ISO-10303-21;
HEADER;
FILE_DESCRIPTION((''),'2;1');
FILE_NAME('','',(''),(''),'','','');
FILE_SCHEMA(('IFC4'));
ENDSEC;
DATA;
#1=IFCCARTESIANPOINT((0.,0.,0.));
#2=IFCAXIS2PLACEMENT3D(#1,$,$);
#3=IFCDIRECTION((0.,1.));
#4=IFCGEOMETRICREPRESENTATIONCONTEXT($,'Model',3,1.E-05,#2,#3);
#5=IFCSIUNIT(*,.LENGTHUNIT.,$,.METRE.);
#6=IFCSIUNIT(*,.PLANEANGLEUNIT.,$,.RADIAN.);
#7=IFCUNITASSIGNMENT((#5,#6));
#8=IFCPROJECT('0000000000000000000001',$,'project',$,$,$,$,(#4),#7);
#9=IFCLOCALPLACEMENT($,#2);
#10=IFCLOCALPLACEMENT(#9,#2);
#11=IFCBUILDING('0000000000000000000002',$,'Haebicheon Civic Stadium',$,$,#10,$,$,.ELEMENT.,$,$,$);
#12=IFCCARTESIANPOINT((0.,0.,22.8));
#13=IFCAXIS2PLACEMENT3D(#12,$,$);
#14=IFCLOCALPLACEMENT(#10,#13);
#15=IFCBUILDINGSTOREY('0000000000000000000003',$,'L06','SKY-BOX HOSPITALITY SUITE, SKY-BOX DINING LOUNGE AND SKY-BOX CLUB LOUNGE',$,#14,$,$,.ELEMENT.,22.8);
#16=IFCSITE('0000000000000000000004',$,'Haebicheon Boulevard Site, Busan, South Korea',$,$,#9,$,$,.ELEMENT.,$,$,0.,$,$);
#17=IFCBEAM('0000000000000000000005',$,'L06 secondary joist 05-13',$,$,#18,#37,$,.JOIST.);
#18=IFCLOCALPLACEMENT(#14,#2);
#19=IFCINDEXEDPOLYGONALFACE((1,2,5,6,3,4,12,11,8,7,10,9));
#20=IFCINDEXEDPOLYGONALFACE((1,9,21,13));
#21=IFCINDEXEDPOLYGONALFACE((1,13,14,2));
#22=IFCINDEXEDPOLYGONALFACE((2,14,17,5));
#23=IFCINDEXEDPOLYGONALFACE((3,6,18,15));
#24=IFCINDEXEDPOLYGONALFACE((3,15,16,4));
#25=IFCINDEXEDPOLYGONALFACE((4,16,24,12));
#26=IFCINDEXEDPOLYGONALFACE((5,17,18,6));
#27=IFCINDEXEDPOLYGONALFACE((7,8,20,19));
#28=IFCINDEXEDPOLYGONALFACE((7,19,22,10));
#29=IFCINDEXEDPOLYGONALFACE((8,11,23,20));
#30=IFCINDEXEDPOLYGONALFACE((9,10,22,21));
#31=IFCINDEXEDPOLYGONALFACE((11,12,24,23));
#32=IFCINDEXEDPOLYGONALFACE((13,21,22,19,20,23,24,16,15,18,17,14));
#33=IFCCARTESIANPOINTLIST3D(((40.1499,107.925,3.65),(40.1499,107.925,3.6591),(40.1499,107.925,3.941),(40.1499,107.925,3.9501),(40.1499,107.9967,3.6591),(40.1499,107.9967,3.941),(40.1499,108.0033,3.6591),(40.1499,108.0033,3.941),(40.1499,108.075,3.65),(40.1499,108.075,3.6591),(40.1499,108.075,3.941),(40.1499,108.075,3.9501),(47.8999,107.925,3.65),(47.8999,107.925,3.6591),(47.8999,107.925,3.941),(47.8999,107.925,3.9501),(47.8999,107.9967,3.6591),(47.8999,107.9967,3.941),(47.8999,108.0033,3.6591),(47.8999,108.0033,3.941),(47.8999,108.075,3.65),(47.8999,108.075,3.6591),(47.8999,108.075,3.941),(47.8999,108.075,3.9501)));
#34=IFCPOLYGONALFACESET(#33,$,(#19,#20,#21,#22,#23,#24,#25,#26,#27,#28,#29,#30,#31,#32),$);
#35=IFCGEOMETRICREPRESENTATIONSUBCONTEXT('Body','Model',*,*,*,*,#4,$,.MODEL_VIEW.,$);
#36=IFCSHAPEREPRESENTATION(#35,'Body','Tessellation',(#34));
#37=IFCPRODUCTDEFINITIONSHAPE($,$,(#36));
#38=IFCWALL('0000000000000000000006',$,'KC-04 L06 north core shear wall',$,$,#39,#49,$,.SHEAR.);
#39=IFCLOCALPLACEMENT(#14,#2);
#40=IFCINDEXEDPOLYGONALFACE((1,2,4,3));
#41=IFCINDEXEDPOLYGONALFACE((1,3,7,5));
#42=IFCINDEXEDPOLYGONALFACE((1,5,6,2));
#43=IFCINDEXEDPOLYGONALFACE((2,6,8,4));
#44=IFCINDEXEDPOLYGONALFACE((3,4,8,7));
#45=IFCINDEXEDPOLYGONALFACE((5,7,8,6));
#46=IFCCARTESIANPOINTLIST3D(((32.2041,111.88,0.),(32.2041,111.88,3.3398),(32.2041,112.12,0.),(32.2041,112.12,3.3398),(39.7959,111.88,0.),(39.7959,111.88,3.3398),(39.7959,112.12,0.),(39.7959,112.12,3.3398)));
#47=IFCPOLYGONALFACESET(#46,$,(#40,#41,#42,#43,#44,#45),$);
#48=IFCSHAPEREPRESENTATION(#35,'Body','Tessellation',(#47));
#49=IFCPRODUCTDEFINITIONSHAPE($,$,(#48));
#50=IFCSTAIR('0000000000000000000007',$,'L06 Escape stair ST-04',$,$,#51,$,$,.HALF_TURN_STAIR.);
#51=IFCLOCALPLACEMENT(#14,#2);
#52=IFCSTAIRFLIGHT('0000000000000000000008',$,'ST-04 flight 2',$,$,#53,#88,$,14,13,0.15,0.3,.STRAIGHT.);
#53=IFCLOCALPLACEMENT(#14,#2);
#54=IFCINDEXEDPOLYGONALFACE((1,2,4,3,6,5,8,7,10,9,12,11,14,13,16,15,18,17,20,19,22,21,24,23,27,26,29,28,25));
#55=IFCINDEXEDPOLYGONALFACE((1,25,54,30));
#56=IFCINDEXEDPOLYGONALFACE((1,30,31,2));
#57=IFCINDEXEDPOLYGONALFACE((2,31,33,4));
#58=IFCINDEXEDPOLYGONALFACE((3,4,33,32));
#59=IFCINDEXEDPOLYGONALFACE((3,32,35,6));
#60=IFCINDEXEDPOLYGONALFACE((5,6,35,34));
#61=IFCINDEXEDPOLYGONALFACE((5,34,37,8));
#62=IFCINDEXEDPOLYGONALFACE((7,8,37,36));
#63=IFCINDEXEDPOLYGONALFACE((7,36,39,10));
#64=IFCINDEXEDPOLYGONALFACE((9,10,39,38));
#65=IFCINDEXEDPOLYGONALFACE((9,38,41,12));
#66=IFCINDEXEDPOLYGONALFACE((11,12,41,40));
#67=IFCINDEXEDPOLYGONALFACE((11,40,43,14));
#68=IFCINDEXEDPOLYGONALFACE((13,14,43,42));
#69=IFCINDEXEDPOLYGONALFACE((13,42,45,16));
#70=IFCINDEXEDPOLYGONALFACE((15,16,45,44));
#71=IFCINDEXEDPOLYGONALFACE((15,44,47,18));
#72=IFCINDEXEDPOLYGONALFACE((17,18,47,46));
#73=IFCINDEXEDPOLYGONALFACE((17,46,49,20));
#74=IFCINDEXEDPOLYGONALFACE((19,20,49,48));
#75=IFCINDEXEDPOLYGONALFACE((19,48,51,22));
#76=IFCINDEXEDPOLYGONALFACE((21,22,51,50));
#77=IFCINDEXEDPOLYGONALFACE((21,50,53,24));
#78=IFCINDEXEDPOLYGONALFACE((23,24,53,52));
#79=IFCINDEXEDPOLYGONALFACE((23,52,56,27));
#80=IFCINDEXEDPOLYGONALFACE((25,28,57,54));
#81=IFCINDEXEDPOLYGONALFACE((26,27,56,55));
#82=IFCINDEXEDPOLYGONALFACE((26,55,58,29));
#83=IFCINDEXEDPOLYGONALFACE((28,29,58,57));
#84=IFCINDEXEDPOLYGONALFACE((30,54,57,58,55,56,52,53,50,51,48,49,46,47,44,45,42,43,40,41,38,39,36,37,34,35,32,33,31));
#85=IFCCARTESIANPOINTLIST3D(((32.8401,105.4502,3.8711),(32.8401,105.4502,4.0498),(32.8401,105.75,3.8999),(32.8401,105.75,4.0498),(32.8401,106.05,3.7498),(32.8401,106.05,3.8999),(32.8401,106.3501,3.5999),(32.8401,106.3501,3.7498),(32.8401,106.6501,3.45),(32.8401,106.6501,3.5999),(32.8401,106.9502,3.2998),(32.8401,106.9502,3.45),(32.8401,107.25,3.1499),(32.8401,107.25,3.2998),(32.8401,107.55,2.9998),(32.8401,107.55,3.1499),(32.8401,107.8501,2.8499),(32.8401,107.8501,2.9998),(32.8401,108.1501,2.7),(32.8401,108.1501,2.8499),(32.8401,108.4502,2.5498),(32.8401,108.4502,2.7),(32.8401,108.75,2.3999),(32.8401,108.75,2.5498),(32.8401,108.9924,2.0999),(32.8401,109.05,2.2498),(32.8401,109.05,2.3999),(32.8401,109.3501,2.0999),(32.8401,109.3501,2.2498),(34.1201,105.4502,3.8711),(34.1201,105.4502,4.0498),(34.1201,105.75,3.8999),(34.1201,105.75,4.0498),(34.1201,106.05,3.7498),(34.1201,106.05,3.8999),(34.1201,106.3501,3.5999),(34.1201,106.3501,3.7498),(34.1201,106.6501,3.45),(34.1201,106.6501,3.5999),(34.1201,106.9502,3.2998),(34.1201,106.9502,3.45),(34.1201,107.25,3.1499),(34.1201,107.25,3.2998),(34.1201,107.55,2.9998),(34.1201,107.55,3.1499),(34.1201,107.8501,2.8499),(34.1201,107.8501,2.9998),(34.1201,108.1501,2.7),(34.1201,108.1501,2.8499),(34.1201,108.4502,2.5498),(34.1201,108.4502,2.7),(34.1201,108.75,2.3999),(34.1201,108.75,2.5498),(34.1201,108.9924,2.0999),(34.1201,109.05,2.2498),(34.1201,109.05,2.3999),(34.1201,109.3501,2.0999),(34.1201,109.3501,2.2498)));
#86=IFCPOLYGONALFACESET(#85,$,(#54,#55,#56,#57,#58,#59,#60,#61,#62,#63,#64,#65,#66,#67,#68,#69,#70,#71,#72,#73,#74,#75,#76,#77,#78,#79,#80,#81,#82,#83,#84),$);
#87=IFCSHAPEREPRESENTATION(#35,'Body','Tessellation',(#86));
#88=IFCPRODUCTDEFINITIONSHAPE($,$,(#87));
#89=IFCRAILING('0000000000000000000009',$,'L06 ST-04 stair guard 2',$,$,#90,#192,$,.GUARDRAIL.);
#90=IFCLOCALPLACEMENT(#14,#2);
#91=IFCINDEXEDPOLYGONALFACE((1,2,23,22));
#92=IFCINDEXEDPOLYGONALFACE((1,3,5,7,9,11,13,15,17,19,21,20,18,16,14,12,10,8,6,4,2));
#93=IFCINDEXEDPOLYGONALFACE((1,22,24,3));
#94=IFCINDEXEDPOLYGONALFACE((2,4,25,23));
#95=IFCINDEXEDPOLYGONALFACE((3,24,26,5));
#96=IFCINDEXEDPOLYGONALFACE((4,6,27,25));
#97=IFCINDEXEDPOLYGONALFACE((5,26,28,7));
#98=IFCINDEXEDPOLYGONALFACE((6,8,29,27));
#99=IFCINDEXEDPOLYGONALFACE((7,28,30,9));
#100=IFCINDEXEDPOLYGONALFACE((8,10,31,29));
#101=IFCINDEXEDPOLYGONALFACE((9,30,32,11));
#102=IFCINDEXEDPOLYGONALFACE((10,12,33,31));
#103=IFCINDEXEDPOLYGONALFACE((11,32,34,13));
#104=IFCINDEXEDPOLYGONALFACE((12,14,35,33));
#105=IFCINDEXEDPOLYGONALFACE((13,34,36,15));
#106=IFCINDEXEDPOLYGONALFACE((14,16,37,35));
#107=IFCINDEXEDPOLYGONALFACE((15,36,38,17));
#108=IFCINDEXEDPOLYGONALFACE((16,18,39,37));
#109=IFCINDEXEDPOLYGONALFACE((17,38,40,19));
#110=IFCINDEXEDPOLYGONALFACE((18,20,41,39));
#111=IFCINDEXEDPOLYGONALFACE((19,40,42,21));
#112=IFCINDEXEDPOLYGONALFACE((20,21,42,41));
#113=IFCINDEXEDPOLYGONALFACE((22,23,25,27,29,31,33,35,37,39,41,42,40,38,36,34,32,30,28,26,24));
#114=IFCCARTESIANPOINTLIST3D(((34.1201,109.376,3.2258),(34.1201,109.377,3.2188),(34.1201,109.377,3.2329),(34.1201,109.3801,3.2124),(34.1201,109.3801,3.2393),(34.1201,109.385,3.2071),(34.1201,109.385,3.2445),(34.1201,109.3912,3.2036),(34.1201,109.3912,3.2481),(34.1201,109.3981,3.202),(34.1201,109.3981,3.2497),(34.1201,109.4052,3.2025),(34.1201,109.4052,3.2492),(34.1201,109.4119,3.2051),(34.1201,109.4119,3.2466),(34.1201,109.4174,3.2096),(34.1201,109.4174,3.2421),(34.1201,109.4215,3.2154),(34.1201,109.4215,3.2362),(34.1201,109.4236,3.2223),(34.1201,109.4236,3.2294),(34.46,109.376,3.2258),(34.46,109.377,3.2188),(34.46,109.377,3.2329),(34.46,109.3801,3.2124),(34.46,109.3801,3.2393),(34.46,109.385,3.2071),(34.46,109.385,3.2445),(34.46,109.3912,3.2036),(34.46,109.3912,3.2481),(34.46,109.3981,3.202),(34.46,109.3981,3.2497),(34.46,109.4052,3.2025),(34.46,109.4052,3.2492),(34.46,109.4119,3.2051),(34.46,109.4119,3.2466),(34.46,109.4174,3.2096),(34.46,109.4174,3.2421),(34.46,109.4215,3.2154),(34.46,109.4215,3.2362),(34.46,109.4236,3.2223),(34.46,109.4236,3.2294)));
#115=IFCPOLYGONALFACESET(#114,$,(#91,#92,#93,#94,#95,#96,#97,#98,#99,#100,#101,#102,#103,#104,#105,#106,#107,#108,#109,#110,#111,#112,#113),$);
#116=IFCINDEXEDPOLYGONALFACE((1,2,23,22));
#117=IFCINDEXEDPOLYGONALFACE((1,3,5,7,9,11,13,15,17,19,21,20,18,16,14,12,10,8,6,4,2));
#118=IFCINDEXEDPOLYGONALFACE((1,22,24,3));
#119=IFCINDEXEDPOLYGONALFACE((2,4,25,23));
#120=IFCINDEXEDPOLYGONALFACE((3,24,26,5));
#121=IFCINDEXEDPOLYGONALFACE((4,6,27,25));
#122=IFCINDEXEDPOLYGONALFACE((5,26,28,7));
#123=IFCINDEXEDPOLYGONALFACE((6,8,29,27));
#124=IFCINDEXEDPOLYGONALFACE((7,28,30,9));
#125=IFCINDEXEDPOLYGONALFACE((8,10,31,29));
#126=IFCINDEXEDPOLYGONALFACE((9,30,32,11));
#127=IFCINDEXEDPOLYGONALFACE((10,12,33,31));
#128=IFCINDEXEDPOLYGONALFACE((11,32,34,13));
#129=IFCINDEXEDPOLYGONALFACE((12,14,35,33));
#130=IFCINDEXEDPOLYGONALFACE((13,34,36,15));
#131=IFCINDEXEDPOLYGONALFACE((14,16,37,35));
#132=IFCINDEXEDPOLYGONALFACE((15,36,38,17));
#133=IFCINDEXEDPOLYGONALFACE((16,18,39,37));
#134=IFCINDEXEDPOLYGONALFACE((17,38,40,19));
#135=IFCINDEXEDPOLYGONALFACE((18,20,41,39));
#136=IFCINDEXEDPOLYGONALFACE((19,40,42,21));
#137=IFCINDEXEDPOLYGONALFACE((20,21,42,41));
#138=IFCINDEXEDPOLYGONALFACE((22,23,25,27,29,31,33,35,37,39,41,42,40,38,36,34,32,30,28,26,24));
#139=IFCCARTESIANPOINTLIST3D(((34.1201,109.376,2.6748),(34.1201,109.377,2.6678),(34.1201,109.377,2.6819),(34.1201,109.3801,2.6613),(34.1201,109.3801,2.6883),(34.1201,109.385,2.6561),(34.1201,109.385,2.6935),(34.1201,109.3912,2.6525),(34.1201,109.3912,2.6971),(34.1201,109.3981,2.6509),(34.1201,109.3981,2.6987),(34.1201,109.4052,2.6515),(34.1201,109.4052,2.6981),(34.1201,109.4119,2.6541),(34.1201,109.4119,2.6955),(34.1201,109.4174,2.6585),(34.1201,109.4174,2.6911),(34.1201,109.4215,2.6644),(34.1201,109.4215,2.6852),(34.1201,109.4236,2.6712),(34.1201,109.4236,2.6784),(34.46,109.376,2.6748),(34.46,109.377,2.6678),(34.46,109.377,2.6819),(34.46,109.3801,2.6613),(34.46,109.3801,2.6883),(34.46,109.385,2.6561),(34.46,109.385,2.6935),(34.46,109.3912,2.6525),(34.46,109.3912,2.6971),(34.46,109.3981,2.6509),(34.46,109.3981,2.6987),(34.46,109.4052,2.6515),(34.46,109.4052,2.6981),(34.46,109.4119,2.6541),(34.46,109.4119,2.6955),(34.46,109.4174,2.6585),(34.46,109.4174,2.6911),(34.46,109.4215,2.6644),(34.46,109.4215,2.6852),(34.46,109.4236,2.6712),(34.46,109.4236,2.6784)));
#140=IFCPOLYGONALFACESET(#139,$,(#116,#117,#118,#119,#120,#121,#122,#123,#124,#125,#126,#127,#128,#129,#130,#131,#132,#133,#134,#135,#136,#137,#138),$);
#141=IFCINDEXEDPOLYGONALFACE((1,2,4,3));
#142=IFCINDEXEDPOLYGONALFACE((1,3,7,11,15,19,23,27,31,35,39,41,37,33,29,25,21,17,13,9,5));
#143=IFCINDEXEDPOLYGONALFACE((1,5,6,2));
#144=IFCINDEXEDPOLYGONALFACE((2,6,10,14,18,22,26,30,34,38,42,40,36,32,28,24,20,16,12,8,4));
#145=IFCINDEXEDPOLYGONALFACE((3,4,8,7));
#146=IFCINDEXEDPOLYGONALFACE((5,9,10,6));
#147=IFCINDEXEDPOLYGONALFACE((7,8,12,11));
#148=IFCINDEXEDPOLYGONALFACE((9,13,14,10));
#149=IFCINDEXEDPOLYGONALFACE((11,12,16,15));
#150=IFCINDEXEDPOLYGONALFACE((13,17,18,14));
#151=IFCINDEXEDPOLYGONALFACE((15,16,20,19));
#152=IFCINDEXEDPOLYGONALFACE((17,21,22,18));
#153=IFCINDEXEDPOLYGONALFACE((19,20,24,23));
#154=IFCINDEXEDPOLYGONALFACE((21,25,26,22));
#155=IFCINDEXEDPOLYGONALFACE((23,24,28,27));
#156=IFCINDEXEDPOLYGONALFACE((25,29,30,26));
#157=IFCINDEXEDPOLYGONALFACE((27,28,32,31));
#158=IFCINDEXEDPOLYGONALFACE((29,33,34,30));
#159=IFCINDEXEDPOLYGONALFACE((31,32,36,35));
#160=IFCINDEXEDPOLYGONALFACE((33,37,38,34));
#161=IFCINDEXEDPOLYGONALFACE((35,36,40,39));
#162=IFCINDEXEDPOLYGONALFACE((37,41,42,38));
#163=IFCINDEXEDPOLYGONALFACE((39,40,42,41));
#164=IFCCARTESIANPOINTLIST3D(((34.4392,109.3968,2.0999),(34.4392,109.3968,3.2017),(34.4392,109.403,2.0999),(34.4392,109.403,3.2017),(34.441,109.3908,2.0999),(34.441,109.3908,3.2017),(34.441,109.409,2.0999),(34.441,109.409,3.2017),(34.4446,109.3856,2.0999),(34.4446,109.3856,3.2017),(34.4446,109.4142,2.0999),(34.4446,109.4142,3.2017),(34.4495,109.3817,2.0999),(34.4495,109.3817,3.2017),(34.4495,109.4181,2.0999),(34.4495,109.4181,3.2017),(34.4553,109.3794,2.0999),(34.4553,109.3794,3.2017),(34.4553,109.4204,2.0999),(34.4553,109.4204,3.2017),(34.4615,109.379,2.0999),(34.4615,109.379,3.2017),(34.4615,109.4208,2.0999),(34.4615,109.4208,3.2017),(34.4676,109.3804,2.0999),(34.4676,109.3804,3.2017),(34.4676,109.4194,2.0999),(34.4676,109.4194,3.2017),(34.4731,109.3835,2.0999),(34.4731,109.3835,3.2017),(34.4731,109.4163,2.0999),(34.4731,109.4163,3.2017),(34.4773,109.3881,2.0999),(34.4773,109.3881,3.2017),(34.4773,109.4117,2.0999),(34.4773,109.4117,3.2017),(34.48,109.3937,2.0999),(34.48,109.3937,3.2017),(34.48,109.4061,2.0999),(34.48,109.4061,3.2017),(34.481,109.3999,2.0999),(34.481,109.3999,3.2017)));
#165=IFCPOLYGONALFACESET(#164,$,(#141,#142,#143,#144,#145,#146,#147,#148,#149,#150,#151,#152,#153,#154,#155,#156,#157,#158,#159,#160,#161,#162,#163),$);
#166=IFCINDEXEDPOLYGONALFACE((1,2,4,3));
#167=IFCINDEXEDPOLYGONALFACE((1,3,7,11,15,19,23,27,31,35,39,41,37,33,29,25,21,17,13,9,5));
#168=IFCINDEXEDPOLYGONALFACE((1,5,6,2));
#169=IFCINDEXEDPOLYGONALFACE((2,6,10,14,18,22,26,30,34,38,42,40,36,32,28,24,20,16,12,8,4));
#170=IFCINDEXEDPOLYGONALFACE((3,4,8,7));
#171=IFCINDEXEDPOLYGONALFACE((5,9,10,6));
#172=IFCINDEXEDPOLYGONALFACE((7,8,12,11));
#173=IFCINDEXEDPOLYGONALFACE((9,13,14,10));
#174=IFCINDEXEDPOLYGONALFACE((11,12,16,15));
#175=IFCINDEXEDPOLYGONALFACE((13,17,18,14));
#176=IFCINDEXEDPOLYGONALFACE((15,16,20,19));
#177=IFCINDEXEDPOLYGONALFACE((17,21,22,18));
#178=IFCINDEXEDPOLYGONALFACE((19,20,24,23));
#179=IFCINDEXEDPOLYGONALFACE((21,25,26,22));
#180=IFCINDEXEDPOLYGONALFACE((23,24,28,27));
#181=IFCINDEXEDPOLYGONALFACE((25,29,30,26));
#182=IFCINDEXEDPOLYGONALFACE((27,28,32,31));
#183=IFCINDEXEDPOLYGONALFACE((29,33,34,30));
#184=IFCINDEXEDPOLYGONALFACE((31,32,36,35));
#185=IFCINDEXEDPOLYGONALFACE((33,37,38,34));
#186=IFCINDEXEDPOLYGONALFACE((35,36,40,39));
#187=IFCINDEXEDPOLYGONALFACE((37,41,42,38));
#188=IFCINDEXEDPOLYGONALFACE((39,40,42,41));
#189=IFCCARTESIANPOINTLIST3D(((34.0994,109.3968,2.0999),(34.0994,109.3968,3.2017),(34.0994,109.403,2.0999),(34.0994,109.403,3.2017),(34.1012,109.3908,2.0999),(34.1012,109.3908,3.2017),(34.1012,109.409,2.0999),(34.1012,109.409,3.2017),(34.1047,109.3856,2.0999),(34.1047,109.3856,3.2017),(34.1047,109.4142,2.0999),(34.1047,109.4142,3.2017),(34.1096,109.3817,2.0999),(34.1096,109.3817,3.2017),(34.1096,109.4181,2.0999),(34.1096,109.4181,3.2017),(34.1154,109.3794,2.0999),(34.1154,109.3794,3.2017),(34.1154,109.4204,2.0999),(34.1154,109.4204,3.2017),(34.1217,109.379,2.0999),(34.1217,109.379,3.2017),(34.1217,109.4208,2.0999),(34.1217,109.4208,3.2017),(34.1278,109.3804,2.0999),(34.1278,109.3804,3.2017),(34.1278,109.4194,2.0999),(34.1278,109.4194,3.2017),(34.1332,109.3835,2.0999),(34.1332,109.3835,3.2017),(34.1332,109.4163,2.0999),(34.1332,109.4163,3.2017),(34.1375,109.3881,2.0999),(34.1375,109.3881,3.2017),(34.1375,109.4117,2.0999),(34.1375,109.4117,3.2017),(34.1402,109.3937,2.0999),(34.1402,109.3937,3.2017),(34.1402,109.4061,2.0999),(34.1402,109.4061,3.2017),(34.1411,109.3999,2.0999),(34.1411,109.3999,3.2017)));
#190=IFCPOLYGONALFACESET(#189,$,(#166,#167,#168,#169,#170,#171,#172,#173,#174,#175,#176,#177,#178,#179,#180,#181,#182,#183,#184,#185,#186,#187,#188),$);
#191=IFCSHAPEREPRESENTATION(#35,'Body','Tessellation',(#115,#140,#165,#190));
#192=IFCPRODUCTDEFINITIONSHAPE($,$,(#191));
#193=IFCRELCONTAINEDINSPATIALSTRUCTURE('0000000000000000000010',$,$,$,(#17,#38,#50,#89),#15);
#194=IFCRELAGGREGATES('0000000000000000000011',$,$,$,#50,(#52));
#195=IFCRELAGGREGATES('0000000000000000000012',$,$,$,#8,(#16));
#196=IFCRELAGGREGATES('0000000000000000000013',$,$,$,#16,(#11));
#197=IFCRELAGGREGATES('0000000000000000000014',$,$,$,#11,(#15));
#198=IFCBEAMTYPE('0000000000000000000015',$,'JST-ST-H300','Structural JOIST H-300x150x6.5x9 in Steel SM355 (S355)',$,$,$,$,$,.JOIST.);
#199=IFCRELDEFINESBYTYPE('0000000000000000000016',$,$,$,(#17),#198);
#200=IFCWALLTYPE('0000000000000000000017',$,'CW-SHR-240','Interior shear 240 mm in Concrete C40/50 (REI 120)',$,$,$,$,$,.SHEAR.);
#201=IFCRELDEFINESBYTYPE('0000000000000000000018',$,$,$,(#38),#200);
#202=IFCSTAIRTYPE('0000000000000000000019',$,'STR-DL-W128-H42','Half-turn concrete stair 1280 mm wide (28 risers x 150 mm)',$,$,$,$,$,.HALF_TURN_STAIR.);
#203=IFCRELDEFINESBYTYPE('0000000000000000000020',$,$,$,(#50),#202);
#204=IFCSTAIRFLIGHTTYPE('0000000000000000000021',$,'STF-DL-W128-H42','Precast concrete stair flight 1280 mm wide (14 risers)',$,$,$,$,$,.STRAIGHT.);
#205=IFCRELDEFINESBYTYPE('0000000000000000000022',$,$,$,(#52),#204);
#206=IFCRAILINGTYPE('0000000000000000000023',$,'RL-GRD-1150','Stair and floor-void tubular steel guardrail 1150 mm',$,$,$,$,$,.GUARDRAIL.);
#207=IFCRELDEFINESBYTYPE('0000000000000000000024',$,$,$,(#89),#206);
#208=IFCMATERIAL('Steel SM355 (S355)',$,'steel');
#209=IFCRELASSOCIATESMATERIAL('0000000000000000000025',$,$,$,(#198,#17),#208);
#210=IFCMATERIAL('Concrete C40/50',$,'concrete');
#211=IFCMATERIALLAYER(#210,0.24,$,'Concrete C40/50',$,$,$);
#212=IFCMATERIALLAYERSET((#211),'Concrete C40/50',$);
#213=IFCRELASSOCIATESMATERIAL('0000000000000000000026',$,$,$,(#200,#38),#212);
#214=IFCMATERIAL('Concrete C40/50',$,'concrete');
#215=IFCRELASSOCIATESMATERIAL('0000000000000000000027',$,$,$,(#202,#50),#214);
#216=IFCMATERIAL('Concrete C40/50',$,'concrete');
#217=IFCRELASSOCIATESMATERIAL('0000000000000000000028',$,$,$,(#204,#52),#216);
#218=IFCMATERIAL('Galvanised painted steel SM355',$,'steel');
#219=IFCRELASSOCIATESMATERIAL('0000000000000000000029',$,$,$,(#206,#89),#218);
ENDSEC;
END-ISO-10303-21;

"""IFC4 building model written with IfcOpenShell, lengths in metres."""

from ifc_helpers import new_model, si_unit, direction, frame, frame_2d, origin, origin_2d, place, context, subcontext, project, spatial, polyline, rectangle, circle, i_section, outline, extrude, material, layer, layer_set, material_profile, profile_set, type_object, element, aggregate, save


model = new_model("IFC4")

# Units and contexts
model_context = context("Model", 3, precision=1e-05, world=origin(), true_north=direction((0.0, 1.0)))
body_context = subcontext(model_context, "Body", "Model", "MODEL_VIEW")
ifc_project = project(units=[si_unit("LENGTHUNIT", "METRE"), si_unit("PLANEANGLEUNIT", "RADIAN")], contexts=[model_context])

# Site, building, storey
site_placement = place(None, origin())
site = spatial("IfcSite", under=ifc_project, at=site_placement, Name="Haebicheon Boulevard Site, Busan, South Korea", CompositionType="ELEMENT", RefElevation=0.0)
building_placement = place(site_placement, origin())
building = spatial("IfcBuilding", under=site, at=building_placement, Name="Haebicheon Civic Stadium", CompositionType="ELEMENT")
storey_placement = place(building_placement, frame((0.0, 0.0, 22.8)))
storey = spatial("IfcBuildingStorey", under=building, at=storey_placement, Name="L06", Description="SKY-BOX HOSPITALITY SUITE, SKY-BOX DINING LOUNGE AND SKY-BOX CLUB LOUNGE", CompositionType="ELEMENT", Elevation=22.8)

# Beam
ifc_material_1 = material(Name="Steel SM355 (S355)", Category="steel")
ifc_material_profile_1 = material_profile(ifc_material_1, i_section(OverallWidth=0.1499, OverallDepth=0.3, WebThickness=0.0066, FlangeThickness=0.009, at=origin_2d()), Name="H-300x150x6.5x9")
ifc_profile_set_1 = profile_set([ifc_material_profile_1], Name="Steel SM355 (S355)")
beam_type_1 = type_object("IfcBeamType", Name="JST-ST-H300", Description="Structural JOIST H-300x150x6.5x9 in Steel SM355 (S355)", PredefinedType="JOIST", material=ifc_profile_set_1)
beam_1_placement = place(storey_placement, frame((40.1499, 108.0, 3.8), z_axis=(1.0, 0.0, 0.0), x_axis=(0.0, 1.0, 0.0)))
element("IfcBeam", 1, at=beam_1_placement, inside=storey, type_object=beam_type_1, material=ifc_profile_set_1, Name="L06 secondary joist 05-13", PredefinedType="JOIST", context=body_context, shape_type="SweptSolid", body=[
    extrude(i_section(OverallWidth=0.1499, OverallDepth=0.3, WebThickness=0.0066, FlangeThickness=0.009, at=origin_2d()), origin(), (0.0, 0.0, 1.0), 7.75),
])

# Wall
ifc_material_2 = material(Name="Concrete C40/50", Category="concrete")
ifc_layer_1 = layer(ifc_material_2, 0.24, Name="Concrete C40/50")
ifc_layer_set_1 = layer_set([ifc_layer_1], Name="Concrete C40/50")
wall_type_1 = type_object("IfcWallType", Name="CW-SHR-240", Description="Interior shear 240 mm in Concrete C40/50 (REI 120)", PredefinedType="SHEAR", material=ifc_layer_set_1)
wall_1_placement = place(storey_placement, frame((32.2041, 112.0, 0.0), z_axis=(0.0, 0.0, 1.0), x_axis=(1.0, 0.0, 0.0)))
element("IfcWall", 2, at=wall_1_placement, inside=storey, type_object=wall_type_1, material=ifc_layer_set_1, Name="KC-04 L06 north core shear wall", PredefinedType="SHEAR", context=body_context, shape_type="SweptSolid", body=[
    extrude(rectangle(XDim=7.5918, YDim=0.24, at=frame_2d((3.7959, 0.0))), origin(), (0.0, 0.0, 1.0), 3.3398),
])

# Stair, stair flight
ifc_material_3 = material(Name="Concrete C40/50", Category="concrete")
stair_type = type_object("IfcStairType", Name="STR-DL-W128-H42", Description="Half-turn concrete stair 1280 mm wide (28 risers x 150 mm)", PredefinedType="HALF_TURN_STAIR", material=ifc_material_3)
stair_placement = place(storey_placement, origin())
stair = element("IfcStair", 3, at=stair_placement, inside=storey, type_object=stair_type, material=ifc_material_3, Name="L06 Escape stair ST-04", PredefinedType="HALF_TURN_STAIR")
ifc_material_4 = material(Name="Concrete C40/50", Category="concrete")
stair_flight_type = type_object("IfcStairFlightType", Name="STF-DL-W128-H42", Description="Precast concrete stair flight 1280 mm wide (14 risers)", PredefinedType="STRAIGHT", material=ifc_material_4)
stair_flight_placement = place(storey_placement, frame((33.48, 109.3501, 2.0999), z_axis=(0.0, 0.0, 1.0), x_axis=(0.0, -1.0, 0.0)))
stair_flight = element("IfcStairFlight", 4, at=stair_flight_placement, type_object=stair_flight_type, material=ifc_material_4, Name="ST-04 flight 2", NumberOfRisers=14, NumberOfTreads=13, PredefinedType="STRAIGHT", RiserHeight=0.15, TreadLength=0.3, context=body_context, shape_type="SweptSolid", body=[
    extrude(outline(polyline([(0.0, 0.0), (0.0, 0.1499), (0.3, 0.1499), (0.3, 0.3), (0.6001, 0.3), (0.6001, 0.45), (0.8999, 0.45), (0.8999, 0.6001), (1.2, 0.6001), (1.2, 0.75), (1.5, 0.75), (1.5, 0.8999), (1.8, 0.8999), (1.8, 1.05), (2.1001, 1.05), (2.1001, 1.2), (2.3999, 1.2), (2.3999, 1.3501), (2.7, 1.3501), (2.7, 1.5), (3.0, 1.5), (3.0, 1.6499), (3.3, 1.6499), (3.3, 1.8), (3.6001, 1.8), (3.6001, 1.95), (3.8999, 1.95), (3.8999, 2.1001), (3.8999, 1.7712), (0.3577, 0.0), (0.0, 0.0)])), frame((0.0, 0.6401, 0.0), z_axis=(0.0, -1.0, 0.0), x_axis=(1.0, 0.0, 0.0)), (0.0, 0.0, 1.0), 1.28),
])
aggregate(stair, [stair_flight])

# Railing
ifc_material_5 = material(Name="Galvanised painted steel SM355", Category="steel")
railing_type_1 = type_object("IfcRailingType", Name="RL-GRD-1150", Description="Stair and floor-void tubular steel guardrail 1150 mm", PredefinedType="GUARDRAIL", material=ifc_material_5)
railing_1_placement = place(storey_placement, frame((34.46, 109.3999, 2.0999)))
element("IfcRailing", 5, at=railing_1_placement, inside=storey, type_object=railing_type_1, material=ifc_material_5, Name="L06 ST-04 stair guard 2", PredefinedType="GUARDRAIL", context=body_context, shape_type="SweptSolid", body=[
    extrude(circle(Radius=0.0239, at=origin_2d()), frame((0.0, 0.0, 1.126), z_axis=(-1.0, 0.0, 0.0), x_axis=(0.0, -1.0, 0.0)), (0.0, 0.0, 1.0), 0.3398),
    extrude(circle(Radius=0.0239, at=origin_2d()), frame((0.0, 0.0, 0.575), z_axis=(-1.0, 0.0, 0.0), x_axis=(0.0, -1.0, 0.0)), (0.0, 0.0, 1.0), 0.3398),
    extrude(circle(Radius=0.021, at=origin_2d()), origin(), (0.0, 0.0, 1.0), 1.1018),
    extrude(circle(Radius=0.021, at=origin_2d()), frame((-0.3398, 0.0, 0.0)), (0.0, 0.0, 1.0), 1.1018),
])

save(model, "model.ifc")
